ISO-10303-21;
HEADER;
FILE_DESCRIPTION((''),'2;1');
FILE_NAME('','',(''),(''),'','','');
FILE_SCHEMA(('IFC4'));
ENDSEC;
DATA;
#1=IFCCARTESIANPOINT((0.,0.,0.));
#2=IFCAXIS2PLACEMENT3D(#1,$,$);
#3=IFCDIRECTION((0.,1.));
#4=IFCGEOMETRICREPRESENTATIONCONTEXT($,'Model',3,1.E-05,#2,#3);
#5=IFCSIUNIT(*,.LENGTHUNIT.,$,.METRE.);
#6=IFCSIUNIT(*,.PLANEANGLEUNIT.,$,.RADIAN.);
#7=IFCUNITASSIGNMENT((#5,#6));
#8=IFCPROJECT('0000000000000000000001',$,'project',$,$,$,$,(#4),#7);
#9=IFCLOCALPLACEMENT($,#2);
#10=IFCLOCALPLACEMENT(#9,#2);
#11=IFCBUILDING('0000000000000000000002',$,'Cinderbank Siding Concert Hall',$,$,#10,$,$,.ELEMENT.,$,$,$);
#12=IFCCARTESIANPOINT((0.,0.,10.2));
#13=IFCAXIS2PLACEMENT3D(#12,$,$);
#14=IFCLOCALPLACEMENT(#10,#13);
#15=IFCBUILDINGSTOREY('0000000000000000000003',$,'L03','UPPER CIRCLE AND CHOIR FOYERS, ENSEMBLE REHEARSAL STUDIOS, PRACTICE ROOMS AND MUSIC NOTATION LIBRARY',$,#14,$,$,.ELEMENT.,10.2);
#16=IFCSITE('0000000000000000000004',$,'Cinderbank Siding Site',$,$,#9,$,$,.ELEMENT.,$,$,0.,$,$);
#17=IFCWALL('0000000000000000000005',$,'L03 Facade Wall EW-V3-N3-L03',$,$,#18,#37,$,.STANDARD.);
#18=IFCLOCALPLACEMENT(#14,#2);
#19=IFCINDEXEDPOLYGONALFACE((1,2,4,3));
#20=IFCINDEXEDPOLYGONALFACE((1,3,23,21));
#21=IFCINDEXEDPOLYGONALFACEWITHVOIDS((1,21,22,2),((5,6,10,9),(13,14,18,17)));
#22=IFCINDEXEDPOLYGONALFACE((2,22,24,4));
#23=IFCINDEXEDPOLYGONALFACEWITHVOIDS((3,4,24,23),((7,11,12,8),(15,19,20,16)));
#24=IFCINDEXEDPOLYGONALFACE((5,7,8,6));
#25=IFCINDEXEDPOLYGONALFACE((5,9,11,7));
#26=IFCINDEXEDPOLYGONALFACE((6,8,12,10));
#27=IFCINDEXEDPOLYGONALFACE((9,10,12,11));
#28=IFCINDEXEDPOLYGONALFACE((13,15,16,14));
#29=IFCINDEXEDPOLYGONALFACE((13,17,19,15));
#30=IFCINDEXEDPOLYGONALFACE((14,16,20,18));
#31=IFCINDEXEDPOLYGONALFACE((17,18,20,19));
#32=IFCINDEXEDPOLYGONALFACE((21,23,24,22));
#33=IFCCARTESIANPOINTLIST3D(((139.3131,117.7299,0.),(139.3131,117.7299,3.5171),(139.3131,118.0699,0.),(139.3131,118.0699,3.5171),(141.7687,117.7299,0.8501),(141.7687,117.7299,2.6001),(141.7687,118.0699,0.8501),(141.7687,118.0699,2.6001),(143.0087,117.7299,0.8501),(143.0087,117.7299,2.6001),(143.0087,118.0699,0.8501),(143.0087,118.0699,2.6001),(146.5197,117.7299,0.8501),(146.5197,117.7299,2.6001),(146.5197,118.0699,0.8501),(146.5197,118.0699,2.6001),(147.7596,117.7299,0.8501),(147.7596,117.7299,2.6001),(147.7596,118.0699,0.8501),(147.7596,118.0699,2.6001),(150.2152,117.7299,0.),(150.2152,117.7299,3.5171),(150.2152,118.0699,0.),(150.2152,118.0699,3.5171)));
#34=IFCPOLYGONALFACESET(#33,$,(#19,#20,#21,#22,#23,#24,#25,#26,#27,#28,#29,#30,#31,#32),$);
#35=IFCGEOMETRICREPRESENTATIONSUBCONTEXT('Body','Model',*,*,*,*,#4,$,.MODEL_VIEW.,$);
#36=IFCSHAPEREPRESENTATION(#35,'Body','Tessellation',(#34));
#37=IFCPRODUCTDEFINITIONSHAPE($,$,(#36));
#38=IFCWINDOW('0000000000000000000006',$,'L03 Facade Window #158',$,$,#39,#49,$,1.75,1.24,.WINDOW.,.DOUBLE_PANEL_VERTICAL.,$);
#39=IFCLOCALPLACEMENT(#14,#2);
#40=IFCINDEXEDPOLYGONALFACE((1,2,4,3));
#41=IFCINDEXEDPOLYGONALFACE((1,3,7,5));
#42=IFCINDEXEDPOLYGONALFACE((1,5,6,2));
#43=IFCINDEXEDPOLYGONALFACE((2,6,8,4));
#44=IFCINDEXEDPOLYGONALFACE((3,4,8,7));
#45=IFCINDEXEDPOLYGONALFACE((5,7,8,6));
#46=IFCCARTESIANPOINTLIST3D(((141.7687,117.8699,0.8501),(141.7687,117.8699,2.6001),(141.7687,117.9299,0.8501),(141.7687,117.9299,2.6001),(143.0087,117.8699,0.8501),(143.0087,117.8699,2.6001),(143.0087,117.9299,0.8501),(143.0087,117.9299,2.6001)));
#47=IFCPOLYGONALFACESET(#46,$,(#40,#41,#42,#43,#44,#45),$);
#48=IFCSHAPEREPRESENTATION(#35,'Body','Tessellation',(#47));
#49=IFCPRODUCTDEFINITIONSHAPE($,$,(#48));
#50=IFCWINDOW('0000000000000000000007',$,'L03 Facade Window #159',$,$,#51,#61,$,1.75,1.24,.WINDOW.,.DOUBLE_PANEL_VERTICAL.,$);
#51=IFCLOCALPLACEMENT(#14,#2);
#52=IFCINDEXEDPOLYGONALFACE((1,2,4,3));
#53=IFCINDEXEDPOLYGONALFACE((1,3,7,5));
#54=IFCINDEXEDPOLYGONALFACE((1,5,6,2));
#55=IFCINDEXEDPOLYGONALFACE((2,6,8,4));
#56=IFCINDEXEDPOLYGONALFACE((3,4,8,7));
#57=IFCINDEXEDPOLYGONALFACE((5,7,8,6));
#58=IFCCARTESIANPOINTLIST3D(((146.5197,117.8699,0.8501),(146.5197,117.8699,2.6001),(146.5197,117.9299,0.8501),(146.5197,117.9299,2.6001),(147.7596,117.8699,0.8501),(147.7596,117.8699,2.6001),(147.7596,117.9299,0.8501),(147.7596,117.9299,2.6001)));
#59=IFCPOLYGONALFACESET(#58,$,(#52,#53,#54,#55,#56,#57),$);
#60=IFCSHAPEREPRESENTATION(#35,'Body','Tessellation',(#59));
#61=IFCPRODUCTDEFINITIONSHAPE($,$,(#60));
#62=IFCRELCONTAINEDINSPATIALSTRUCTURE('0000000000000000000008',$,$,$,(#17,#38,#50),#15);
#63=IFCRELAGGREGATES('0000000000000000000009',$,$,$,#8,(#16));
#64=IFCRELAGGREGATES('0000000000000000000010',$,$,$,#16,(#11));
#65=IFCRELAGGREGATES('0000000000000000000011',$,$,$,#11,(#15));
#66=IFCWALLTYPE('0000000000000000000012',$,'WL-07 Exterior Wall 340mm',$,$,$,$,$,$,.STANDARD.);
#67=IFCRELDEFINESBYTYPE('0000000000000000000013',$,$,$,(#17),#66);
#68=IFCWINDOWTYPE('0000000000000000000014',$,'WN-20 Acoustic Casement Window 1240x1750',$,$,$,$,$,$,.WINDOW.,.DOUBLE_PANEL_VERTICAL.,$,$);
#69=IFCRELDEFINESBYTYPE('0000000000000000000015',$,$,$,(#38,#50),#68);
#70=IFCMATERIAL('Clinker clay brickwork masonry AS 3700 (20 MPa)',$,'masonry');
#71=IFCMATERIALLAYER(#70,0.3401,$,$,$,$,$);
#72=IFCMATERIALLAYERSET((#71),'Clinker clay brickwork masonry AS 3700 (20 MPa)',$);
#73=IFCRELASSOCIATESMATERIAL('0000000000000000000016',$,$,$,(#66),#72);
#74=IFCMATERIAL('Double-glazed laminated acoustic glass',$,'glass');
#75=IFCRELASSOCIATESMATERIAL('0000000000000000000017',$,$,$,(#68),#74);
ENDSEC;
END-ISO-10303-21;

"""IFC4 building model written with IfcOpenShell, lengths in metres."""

from ifc_helpers import new_model, si_unit, direction, frame, frame_2d, origin, place, context, subcontext, project, spatial, rectangle, extrude, material, layer, layer_set, type_object, element, fill, save


model = new_model("IFC4")

# Units and contexts
model_context = context("Model", 3, precision=1e-05, world=origin(), true_north=direction((0.0, 1.0)))
body_context = subcontext(model_context, "Body", "Model", "MODEL_VIEW")
ifc_project = project(units=[si_unit("LENGTHUNIT", "METRE"), si_unit("PLANEANGLEUNIT", "RADIAN")], contexts=[model_context])

# Site, building, storey
site_placement = place(None, origin())
site = spatial("IfcSite", under=ifc_project, at=site_placement, Name="Cinderbank Siding Site", CompositionType="ELEMENT", RefElevation=0.0)
building_placement = place(site_placement, origin())
building = spatial("IfcBuilding", under=site, at=building_placement, Name="Cinderbank Siding Concert Hall", CompositionType="ELEMENT")
storey_placement = place(building_placement, frame((0.0, 0.0, 10.2)))
storey = spatial("IfcBuildingStorey", under=building, at=storey_placement, Name="L03", Description="UPPER CIRCLE AND CHOIR FOYERS, ENSEMBLE REHEARSAL STUDIOS, PRACTICE ROOMS AND MUSIC NOTATION LIBRARY", CompositionType="ELEMENT", Elevation=10.2)

# Wall, openings, windows
ifc_material_1 = material(Name="Clinker clay brickwork masonry AS 3700 (20 MPa)", Category="masonry")
ifc_layer_1 = layer(ifc_material_1, 0.3401)
ifc_layer_set_1 = layer_set([ifc_layer_1], Name="Clinker clay brickwork masonry AS 3700 (20 MPa)")
wall_type = type_object("IfcWallType", Name="WL-07 Exterior Wall 340mm", PredefinedType="STANDARD", material=ifc_layer_set_1)
wall_placement = place(storey_placement, frame((139.313, 117.8999, 0.0), z_axis=(0.0, 0.0, 1.0), x_axis=(1.0, 0.0, 0.0)))
wall = element("IfcWall", 1, at=wall_placement, inside=storey, type_object=wall_type, Name="L03 Facade Wall EW-V3-N3-L03", PredefinedType="STANDARD", context=body_context, shape_type="SweptSolid", body=[
    extrude(rectangle(XDim=10.9021, YDim=0.3401, at=frame_2d((5.4512, 0.0))), origin(), (0.0, 0.0, 1.0), 3.5171),
])
opening_1_placement = place(wall_placement, frame((2.4556, 0.0, 0.8501)))
opening_1 = element("IfcOpeningElement", 2, at=opening_1_placement, cuts=wall, PredefinedType="OPENING", context=body_context, shape_type="SweptSolid", body=[
    extrude(rectangle(XDim=1.24, YDim=1.75, at=frame_2d((0.6201, 0.875))), frame((0.0, 0.1821, 0.0), z_axis=(0.0, -1.0, 0.0), x_axis=(1.0, 0.0, 0.0)), (0.0, 0.0, 1.0), 0.364),
])
opening_2_placement = place(wall_placement, frame((7.2065, 0.0, 0.8501)))
opening_2 = element("IfcOpeningElement", 3, at=opening_2_placement, cuts=wall, PredefinedType="OPENING", context=body_context, shape_type="SweptSolid", body=[
    extrude(rectangle(XDim=1.24, YDim=1.75, at=frame_2d((0.6201, 0.875))), frame((0.0, 0.1821, 0.0), z_axis=(0.0, -1.0, 0.0), x_axis=(1.0, 0.0, 0.0)), (0.0, 0.0, 1.0), 0.364),
])
ifc_material_2 = material(Name="Double-glazed laminated acoustic glass", Category="glass")
window_type = type_object("IfcWindowType", Name="WN-20 Acoustic Casement Window 1240x1750", PartitioningType="DOUBLE_PANEL_VERTICAL", PredefinedType="WINDOW", material=ifc_material_2)
window_1_placement = place(opening_1_placement, origin())
window_1 = element("IfcWindow", 4, at=window_1_placement, inside=storey, type_object=window_type, Name="L03 Facade Window #158", OverallHeight=1.75, OverallWidth=1.24, PartitioningType="DOUBLE_PANEL_VERTICAL", PredefinedType="WINDOW", context=body_context, shape_type="SweptSolid", body=[
    extrude(rectangle(XDim=1.24, YDim=1.75, at=frame_2d((0.6201, 0.875))), frame((0.0, 0.03, 0.0), z_axis=(0.0, -1.0, 0.0), x_axis=(1.0, 0.0, 0.0)), (0.0, 0.0, 1.0), 0.0601),
])
fill(opening_1, window_1)
window_2_placement = place(opening_2_placement, origin())
window_2 = element("IfcWindow", 5, at=window_2_placement, inside=storey, type_object=window_type, Name="L03 Facade Window #159", OverallHeight=1.75, OverallWidth=1.24, PartitioningType="DOUBLE_PANEL_VERTICAL", PredefinedType="WINDOW", context=body_context, shape_type="SweptSolid", body=[
    extrude(rectangle(XDim=1.24, YDim=1.75, at=frame_2d((0.6201, 0.875))), frame((0.0, 0.03, 0.0), z_axis=(0.0, -1.0, 0.0), x_axis=(1.0, 0.0, 0.0)), (0.0, 0.0, 1.0), 0.0601),
])
fill(opening_2, window_2)

save(model, "model.ifc")
